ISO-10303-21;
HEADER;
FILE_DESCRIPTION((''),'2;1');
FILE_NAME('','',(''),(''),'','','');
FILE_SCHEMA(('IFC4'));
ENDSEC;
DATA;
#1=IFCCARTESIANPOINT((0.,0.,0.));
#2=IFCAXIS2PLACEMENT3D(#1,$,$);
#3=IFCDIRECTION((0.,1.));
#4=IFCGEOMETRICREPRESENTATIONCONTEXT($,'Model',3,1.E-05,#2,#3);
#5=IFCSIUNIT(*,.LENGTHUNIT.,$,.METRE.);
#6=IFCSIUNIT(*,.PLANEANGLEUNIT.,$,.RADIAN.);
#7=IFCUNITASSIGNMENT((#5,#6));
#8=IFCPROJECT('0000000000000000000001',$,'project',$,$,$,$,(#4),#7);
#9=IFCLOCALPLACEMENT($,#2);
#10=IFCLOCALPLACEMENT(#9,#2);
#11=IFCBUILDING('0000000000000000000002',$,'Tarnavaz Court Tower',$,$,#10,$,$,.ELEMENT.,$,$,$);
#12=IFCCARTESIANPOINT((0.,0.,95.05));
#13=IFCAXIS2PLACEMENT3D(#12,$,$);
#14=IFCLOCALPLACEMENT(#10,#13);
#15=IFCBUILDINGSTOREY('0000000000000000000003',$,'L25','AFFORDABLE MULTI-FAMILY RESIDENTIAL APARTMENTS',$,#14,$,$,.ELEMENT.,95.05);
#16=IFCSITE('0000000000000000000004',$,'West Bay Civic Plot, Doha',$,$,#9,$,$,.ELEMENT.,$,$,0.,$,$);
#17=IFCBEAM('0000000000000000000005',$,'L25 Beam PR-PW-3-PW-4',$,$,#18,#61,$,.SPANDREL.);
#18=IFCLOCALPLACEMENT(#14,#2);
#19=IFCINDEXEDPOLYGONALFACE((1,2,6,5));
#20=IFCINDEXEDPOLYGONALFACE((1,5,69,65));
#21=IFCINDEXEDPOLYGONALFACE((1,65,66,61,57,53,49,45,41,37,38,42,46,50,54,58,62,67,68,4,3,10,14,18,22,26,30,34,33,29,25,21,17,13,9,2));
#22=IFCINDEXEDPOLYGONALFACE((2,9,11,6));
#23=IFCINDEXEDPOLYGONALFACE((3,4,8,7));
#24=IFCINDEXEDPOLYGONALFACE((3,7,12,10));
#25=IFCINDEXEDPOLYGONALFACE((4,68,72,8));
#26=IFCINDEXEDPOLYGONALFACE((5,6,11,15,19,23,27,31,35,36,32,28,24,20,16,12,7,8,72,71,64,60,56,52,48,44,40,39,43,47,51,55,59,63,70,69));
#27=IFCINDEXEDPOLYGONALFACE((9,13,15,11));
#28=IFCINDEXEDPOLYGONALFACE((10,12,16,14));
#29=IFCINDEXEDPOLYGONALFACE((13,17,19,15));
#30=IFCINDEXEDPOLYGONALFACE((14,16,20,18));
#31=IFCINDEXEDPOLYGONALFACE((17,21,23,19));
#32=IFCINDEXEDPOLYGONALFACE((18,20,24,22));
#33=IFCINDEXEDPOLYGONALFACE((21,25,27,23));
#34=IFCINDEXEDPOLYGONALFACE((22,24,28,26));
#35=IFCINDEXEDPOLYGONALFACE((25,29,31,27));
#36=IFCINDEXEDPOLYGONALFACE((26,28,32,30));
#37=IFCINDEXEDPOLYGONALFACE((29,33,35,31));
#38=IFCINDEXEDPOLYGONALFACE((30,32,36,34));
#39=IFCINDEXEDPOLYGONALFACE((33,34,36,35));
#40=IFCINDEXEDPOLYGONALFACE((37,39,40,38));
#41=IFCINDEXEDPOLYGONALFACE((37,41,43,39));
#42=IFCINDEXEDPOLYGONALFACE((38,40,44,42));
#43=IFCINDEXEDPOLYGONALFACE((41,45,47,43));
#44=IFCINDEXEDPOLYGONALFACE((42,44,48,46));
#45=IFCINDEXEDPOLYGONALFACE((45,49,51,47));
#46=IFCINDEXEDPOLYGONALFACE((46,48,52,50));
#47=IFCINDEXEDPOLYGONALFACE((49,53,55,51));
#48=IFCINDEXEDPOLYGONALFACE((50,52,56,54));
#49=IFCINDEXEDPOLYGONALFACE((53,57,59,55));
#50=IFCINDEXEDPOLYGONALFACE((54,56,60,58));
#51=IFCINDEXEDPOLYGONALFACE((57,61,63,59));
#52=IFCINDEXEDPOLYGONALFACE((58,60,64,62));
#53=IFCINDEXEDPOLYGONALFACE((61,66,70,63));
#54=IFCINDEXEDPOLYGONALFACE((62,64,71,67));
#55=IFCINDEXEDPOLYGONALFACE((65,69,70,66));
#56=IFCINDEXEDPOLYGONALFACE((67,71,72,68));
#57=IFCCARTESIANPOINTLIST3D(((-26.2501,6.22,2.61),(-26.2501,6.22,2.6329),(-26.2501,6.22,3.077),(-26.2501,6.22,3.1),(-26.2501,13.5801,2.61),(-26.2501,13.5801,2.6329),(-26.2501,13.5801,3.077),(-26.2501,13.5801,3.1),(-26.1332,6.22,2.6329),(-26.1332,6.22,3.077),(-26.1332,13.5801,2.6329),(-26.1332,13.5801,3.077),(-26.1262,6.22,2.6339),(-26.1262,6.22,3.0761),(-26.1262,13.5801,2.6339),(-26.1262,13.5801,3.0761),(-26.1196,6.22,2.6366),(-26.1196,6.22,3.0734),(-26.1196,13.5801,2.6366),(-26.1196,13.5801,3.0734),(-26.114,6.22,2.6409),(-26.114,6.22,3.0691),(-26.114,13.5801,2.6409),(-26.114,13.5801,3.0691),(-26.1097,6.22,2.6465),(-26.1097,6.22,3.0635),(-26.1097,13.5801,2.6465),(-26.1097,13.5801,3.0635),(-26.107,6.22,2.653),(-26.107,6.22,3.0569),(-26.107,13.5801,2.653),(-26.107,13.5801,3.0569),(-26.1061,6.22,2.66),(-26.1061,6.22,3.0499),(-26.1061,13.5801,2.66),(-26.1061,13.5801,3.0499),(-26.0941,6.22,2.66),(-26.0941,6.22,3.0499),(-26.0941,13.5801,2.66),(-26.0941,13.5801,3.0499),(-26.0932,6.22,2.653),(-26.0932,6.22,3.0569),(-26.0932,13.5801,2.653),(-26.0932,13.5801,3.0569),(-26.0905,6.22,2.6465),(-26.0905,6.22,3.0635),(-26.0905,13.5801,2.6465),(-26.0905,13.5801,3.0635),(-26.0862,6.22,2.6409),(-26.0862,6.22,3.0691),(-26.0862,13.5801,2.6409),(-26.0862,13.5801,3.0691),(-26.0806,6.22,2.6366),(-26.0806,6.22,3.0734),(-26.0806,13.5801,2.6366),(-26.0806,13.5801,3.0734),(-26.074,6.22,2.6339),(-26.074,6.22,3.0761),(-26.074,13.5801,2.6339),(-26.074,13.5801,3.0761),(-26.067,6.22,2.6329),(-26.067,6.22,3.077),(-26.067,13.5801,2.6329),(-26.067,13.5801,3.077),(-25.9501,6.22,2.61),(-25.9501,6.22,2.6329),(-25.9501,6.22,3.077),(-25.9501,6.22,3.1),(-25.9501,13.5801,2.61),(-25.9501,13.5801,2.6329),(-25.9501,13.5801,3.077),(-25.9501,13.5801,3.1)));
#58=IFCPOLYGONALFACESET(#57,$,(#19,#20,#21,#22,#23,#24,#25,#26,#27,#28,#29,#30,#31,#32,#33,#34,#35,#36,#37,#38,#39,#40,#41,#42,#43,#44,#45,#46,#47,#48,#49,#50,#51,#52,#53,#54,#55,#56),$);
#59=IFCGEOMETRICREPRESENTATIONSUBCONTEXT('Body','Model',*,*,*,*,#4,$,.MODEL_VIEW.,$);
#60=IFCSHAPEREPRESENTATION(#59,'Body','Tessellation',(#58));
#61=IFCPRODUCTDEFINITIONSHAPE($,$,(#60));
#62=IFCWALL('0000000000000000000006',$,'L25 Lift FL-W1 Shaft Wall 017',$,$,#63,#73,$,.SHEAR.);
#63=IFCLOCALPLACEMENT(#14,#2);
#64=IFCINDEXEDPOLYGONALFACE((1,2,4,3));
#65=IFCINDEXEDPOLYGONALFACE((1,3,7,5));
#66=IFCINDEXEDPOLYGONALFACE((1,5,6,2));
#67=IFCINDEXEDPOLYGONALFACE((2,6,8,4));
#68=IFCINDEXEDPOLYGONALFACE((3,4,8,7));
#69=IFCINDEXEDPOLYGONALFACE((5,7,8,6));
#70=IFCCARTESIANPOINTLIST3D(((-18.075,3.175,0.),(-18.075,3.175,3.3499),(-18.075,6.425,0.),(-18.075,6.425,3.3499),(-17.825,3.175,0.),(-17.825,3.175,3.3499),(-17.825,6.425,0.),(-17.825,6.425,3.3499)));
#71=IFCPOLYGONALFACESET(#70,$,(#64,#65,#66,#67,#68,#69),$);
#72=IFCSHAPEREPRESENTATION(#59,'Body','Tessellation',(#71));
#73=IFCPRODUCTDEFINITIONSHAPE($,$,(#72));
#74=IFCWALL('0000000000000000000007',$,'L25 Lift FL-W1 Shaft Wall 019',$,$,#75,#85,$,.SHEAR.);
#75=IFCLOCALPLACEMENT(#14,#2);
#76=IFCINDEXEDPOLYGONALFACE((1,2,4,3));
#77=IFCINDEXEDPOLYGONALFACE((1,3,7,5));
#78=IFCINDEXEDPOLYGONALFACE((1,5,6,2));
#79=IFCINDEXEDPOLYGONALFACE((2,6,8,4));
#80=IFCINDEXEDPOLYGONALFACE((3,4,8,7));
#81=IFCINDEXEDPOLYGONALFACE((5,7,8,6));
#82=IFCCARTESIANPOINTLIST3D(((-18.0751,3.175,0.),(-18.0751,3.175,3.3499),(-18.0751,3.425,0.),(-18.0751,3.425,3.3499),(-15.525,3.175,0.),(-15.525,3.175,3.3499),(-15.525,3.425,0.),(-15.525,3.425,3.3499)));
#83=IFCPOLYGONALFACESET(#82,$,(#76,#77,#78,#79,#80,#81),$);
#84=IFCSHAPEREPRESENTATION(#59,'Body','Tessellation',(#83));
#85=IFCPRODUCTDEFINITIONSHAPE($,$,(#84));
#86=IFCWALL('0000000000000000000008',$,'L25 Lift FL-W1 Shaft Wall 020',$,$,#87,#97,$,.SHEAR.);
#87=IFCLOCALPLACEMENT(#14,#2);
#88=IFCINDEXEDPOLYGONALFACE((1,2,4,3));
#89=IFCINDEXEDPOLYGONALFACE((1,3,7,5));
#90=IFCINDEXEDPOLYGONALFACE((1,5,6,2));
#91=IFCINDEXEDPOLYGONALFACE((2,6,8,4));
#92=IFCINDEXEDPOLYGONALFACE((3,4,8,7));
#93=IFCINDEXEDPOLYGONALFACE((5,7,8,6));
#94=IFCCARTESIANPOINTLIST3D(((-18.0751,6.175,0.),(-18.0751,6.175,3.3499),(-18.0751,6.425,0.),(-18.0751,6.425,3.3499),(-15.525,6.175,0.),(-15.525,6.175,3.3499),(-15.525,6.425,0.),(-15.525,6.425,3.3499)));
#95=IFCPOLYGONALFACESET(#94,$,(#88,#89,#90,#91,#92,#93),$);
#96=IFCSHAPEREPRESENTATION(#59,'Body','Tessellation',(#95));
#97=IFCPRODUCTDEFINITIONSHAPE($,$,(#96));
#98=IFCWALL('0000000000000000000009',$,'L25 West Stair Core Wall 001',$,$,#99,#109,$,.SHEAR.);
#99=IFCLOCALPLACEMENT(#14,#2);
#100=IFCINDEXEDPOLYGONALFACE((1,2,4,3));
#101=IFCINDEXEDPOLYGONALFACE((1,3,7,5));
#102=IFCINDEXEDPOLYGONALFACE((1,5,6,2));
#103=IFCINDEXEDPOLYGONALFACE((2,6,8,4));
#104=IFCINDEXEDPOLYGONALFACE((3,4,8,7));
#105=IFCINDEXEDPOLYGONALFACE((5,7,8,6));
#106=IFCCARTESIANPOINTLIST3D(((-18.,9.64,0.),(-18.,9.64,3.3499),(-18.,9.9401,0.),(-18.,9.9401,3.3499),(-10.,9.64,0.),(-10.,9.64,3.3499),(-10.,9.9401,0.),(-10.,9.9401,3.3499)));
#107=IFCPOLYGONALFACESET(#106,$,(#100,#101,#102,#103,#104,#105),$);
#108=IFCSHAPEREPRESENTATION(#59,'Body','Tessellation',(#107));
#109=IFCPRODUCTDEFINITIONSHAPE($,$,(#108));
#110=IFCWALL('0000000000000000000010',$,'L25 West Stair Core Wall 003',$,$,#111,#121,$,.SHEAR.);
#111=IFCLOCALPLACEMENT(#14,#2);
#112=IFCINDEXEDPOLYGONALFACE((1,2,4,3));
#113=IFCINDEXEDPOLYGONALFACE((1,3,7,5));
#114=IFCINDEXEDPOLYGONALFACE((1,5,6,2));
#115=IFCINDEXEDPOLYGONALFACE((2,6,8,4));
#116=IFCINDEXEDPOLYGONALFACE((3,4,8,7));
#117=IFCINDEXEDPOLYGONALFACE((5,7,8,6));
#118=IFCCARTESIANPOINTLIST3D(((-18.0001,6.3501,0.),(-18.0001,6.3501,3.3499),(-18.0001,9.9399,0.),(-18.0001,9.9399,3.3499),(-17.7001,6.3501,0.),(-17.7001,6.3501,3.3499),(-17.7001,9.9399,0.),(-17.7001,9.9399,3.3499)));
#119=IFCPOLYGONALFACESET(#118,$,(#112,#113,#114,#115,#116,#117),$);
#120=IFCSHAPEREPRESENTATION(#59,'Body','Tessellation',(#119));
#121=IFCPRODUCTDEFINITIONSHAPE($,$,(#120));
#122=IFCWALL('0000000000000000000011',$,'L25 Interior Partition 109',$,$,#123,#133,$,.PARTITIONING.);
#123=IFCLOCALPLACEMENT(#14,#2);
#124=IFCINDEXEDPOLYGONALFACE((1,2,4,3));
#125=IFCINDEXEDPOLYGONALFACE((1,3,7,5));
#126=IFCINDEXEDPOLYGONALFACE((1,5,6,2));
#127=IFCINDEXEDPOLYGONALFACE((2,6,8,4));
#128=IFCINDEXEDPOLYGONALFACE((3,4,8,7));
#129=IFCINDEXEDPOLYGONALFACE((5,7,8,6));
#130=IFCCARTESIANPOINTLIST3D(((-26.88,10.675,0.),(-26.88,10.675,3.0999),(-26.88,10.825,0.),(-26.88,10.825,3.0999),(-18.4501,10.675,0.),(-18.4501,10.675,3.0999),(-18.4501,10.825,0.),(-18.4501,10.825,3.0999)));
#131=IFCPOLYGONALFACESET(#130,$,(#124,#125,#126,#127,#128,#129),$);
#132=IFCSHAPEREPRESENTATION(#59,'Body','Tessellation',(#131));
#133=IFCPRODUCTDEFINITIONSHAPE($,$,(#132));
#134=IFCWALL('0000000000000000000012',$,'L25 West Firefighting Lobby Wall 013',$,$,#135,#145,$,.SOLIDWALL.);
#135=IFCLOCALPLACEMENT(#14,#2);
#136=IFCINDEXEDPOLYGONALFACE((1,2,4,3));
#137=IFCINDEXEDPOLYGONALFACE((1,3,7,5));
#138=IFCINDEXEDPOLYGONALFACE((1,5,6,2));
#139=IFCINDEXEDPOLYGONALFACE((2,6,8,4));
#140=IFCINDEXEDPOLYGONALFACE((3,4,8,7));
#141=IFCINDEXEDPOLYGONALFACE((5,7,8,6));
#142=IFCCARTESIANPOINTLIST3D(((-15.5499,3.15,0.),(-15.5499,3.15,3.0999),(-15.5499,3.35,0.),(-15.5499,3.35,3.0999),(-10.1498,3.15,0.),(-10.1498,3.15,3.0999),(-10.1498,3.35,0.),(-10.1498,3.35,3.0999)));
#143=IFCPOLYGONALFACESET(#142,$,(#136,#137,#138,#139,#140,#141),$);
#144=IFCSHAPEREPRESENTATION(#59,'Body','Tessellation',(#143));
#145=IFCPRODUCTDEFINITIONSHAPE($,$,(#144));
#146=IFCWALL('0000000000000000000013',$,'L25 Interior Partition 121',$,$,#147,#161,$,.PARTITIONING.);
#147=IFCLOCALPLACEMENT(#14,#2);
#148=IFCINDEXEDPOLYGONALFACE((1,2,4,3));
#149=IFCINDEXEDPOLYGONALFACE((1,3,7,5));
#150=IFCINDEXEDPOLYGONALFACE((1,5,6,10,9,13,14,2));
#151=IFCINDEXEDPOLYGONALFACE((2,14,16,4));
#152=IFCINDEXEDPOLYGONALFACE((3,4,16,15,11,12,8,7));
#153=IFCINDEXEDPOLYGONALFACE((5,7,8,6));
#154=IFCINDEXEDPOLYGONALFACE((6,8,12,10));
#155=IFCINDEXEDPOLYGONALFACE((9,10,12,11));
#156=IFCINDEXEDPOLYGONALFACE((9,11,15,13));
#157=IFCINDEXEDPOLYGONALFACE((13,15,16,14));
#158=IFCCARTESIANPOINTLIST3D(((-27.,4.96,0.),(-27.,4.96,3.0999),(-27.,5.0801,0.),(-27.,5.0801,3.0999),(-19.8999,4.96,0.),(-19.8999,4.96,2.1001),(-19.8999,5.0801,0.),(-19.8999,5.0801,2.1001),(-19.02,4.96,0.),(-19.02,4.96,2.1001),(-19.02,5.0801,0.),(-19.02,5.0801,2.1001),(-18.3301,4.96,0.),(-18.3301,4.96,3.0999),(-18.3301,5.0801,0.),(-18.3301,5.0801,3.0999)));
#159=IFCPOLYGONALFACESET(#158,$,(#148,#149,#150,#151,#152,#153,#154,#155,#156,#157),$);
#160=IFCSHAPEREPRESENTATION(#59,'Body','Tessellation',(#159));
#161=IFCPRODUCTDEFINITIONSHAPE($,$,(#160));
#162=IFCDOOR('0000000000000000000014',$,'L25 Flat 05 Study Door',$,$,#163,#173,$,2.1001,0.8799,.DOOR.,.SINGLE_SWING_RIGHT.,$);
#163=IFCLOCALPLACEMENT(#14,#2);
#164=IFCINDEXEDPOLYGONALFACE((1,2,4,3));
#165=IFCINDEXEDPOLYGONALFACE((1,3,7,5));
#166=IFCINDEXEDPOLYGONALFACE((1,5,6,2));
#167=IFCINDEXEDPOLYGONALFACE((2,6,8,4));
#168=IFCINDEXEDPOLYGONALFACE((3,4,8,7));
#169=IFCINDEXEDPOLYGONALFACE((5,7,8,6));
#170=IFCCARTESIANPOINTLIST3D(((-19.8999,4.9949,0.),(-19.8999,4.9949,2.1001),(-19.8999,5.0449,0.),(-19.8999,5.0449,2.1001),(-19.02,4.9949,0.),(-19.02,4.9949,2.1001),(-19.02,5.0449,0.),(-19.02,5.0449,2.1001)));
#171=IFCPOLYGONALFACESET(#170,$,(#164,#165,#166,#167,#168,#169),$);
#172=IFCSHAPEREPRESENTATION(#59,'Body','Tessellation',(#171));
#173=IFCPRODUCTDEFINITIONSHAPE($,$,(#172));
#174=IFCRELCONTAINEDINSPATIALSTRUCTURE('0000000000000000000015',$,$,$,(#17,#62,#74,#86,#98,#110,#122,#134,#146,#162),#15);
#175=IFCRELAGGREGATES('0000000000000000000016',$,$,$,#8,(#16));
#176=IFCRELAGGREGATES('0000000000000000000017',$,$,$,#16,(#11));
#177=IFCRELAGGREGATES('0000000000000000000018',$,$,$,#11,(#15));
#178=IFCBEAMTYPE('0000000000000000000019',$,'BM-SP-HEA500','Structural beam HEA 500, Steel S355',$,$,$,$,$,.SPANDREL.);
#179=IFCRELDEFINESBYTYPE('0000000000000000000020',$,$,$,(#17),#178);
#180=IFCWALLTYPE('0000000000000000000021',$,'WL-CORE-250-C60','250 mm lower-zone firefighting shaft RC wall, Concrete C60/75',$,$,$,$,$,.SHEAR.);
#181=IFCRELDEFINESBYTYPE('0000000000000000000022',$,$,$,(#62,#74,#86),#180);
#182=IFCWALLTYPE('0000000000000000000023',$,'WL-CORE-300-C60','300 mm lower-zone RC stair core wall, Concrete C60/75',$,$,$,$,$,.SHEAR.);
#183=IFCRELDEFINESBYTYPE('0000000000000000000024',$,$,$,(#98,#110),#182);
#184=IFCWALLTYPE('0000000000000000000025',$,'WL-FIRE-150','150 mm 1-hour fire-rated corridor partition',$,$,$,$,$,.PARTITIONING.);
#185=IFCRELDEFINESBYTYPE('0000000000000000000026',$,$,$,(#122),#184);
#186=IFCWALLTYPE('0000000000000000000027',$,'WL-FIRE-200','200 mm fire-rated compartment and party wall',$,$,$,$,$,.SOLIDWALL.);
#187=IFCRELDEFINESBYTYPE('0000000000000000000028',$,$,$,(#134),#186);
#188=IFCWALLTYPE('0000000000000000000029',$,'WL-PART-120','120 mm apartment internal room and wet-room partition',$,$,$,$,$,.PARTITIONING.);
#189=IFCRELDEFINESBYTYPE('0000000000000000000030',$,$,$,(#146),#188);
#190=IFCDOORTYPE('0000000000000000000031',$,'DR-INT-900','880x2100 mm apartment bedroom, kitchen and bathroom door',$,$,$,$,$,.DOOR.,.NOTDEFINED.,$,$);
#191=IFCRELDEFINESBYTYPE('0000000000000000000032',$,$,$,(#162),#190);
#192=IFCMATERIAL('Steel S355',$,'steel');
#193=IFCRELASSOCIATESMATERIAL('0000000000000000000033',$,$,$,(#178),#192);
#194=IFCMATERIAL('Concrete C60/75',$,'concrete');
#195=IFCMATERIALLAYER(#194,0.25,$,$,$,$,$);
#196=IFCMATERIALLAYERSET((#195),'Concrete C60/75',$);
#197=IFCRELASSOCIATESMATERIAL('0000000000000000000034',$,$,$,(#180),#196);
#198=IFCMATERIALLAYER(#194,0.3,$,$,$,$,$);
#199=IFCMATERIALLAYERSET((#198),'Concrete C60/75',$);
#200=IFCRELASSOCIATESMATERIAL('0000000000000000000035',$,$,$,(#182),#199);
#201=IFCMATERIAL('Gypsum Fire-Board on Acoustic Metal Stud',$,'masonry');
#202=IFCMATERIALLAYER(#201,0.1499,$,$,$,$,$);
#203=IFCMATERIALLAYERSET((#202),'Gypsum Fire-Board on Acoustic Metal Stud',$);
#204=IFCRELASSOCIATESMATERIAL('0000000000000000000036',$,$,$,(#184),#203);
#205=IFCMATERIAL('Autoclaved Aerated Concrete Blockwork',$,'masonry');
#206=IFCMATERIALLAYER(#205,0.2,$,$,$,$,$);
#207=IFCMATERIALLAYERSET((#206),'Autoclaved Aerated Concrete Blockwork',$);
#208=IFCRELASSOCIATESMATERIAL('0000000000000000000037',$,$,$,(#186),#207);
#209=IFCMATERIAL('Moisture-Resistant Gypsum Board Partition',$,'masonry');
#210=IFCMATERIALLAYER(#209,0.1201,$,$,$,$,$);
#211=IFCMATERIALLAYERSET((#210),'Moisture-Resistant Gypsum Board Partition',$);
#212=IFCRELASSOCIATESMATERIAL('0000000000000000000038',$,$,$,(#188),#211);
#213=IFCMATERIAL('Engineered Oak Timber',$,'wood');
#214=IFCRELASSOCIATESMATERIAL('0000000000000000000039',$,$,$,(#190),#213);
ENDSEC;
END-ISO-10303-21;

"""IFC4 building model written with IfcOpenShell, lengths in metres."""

from ifc_helpers import new_model, si_unit, direction, frame, frame_2d, origin, origin_2d, place, context, subcontext, project, spatial, rectangle, i_section, extrude, material, layer, layer_set, material_profile, profile_set, type_object, element, fill, save


model = new_model("IFC4")

# Units and contexts
model_context = context("Model", 3, precision=1e-05, world=origin(), true_north=direction((0.0, 1.0)))
body_context = subcontext(model_context, "Body", "Model", "MODEL_VIEW")
ifc_project = project(units=[si_unit("LENGTHUNIT", "METRE"), si_unit("PLANEANGLEUNIT", "RADIAN")], contexts=[model_context])

# Site, building, storey
site_placement = place(None, origin())
site = spatial("IfcSite", under=ifc_project, at=site_placement, Name="West Bay Civic Plot, Doha", CompositionType="ELEMENT", RefElevation=0.0)
building_placement = place(site_placement, origin())
building = spatial("IfcBuilding", under=site, at=building_placement, Name="Tarnavaz Court Tower", CompositionType="ELEMENT")
storey_placement = place(building_placement, frame((0.0, 0.0, 95.05)))
storey = spatial("IfcBuildingStorey", under=building, at=storey_placement, Name="L25", Description="AFFORDABLE MULTI-FAMILY RESIDENTIAL APARTMENTS", CompositionType="ELEMENT", Elevation=95.05)

# Shared definitions
ifc_material_1 = material(Name="Concrete C60/75", Category="concrete")

# Beam
ifc_material_2 = material(Name="Steel S355", Category="steel")
ifc_material_profile_1 = material_profile(ifc_material_2, i_section(OverallWidth=0.3, OverallDepth=0.49, WebThickness=0.012, FlangeThickness=0.0229, FilletRadius=0.0271, at=origin_2d()), Name="HEA 500")
ifc_profile_set_1 = profile_set([ifc_material_profile_1], Name="Steel S355")
beam_type_1 = type_object("IfcBeamType", Name="BM-SP-HEA500", Description="Structural beam HEA 500, Steel S355", PredefinedType="SPANDREL", material=ifc_profile_set_1)
beam_1_placement = place(storey_placement, frame((-26.1001, 6.22, 2.855), z_axis=(0.0, 1.0, 0.0), x_axis=(-1.0, 0.0, 0.0)))
element("IfcBeam", 1, at=beam_1_placement, inside=storey, type_object=beam_type_1, Name="L25 Beam PR-PW-3-PW-4", PredefinedType="SPANDREL", context=body_context, shape_type="SweptSolid", body=[
    extrude(i_section(OverallWidth=0.3, OverallDepth=0.49, WebThickness=0.012, FlangeThickness=0.0229, FilletRadius=0.0271, at=origin_2d()), origin(), (0.0, 0.0, 1.0), 7.3601),
])

# Wall
ifc_layer_1 = layer(ifc_material_1, 0.25)
ifc_layer_set_1 = layer_set([ifc_layer_1], Name="Concrete C60/75")
wall_type_1 = type_object("IfcWallType", Name="WL-CORE-250-C60", Description="250 mm lower-zone firefighting shaft RC wall, Concrete C60/75", PredefinedType="SHEAR", material=ifc_layer_set_1)
wall_1_placement = place(storey_placement, frame((-17.95, 3.175, 0.0), z_axis=(0.0, 0.0, 1.0), x_axis=(0.0, 1.0, 0.0)))
element("IfcWall", 2, at=wall_1_placement, inside=storey, type_object=wall_type_1, Name="L25 Lift FL-W1 Shaft Wall 017", PredefinedType="SHEAR", context=body_context, shape_type="SweptSolid", body=[
    extrude(rectangle(XDim=3.25, YDim=0.25, at=frame_2d((1.625, 0.0))), origin(), (0.0, 0.0, 1.0), 3.3499),
])

# Walls
for number, where, z_axis, x_axis, name in (
    (3, (-18.075, 3.3, 0.0), (0.0, 0.0, 1.0), (1.0, 0.0, 0.0), "L25 Lift FL-W1 Shaft Wall 019"),
    (4, (-18.075, 6.3, 0.0), (0.0, 0.0, 1.0), (1.0, 0.0, 0.0), "L25 Lift FL-W1 Shaft Wall 020"),
):
    element("IfcWall", number, at=place(storey_placement, frame(where, z_axis=z_axis, x_axis=x_axis)), inside=storey, type_object=wall_type_1, Name=name, PredefinedType="SHEAR", context=body_context, shape_type="SweptSolid", body=[
        extrude(rectangle(XDim=2.55, YDim=0.25, at=frame_2d((1.2749, 0.0))), origin(), (0.0, 0.0, 1.0), 3.3499),
    ])
ifc_layer_2 = layer(ifc_material_1, 0.3)
ifc_layer_set_2 = layer_set([ifc_layer_2], Name="Concrete C60/75")
wall_type_2 = type_object("IfcWallType", Name="WL-CORE-300-C60", Description="300 mm lower-zone RC stair core wall, Concrete C60/75", PredefinedType="SHEAR", material=ifc_layer_set_2)
wall_2_placement = place(storey_placement, frame((-18.0, 9.79, 0.0), z_axis=(0.0, 0.0, 1.0), x_axis=(1.0, 0.0, 0.0)))
element("IfcWall", 5, at=wall_2_placement, inside=storey, type_object=wall_type_2, Name="L25 West Stair Core Wall 001", PredefinedType="SHEAR", context=body_context, shape_type="SweptSolid", body=[
    extrude(rectangle(XDim=8.0, YDim=0.3, at=frame_2d((4.0, 0.0))), origin(), (0.0, 0.0, 1.0), 3.3499),
])

# Walls
wall_3_placement = place(storey_placement, frame((-17.8501, 6.3501, 0.0), z_axis=(0.0, 0.0, 1.0), x_axis=(0.0, 1.0, 0.0)))
element("IfcWall", 6, at=wall_3_placement, inside=storey, type_object=wall_type_2, Name="L25 West Stair Core Wall 003", PredefinedType="SHEAR", context=body_context, shape_type="SweptSolid", body=[
    extrude(rectangle(XDim=3.5898, YDim=0.3, at=frame_2d((1.7949, 0.0))), origin(), (0.0, 0.0, 1.0), 3.3499),
])
ifc_material_3 = material(Name="Gypsum Fire-Board on Acoustic Metal Stud", Category="masonry")
ifc_layer_3 = layer(ifc_material_3, 0.1499)
ifc_layer_set_3 = layer_set([ifc_layer_3], Name="Gypsum Fire-Board on Acoustic Metal Stud")
wall_type_3 = type_object("IfcWallType", Name="WL-FIRE-150", Description="150 mm 1-hour fire-rated corridor partition", PredefinedType="PARTITIONING", material=ifc_layer_set_3)
wall_4_placement = place(storey_placement, frame((-26.8799, 10.75, 0.0), z_axis=(0.0, 0.0, 1.0), x_axis=(1.0, 0.0, 0.0)))
element("IfcWall", 7, at=wall_4_placement, inside=storey, type_object=wall_type_3, Name="L25 Interior Partition 109", PredefinedType="PARTITIONING", context=body_context, shape_type="SweptSolid", body=[
    extrude(rectangle(XDim=8.4299, YDim=0.1499, at=frame_2d((4.2148, 0.0))), origin(), (0.0, 0.0, 1.0), 3.0999),
])
ifc_material_4 = material(Name="Autoclaved Aerated Concrete Blockwork", Category="masonry")
ifc_layer_4 = layer(ifc_material_4, 0.2)
ifc_layer_set_4 = layer_set([ifc_layer_4], Name="Autoclaved Aerated Concrete Blockwork")
wall_type_4 = type_object("IfcWallType", Name="WL-FIRE-200", Description="200 mm fire-rated compartment and party wall", PredefinedType="SOLIDWALL", material=ifc_layer_set_4)
wall_5_placement = place(storey_placement, frame((-15.55, 3.25, 0.0), z_axis=(0.0, 0.0, 1.0), x_axis=(1.0, 0.0, 0.0)))
element("IfcWall", 8, at=wall_5_placement, inside=storey, type_object=wall_type_4, Name="L25 West Firefighting Lobby Wall 013", PredefinedType="SOLIDWALL", context=body_context, shape_type="SweptSolid", body=[
    extrude(rectangle(XDim=5.4001, YDim=0.2, at=frame_2d((2.7002, 0.0))), origin(), (0.0, 0.0, 1.0), 3.0999),
])

# Wall, opening, door
ifc_material_5 = material(Name="Moisture-Resistant Gypsum Board Partition", Category="masonry")
ifc_layer_5 = layer(ifc_material_5, 0.1201)
ifc_layer_set_5 = layer_set([ifc_layer_5], Name="Moisture-Resistant Gypsum Board Partition")
wall_type_5 = type_object("IfcWallType", Name="WL-PART-120", Description="120 mm apartment internal room and wet-room partition", PredefinedType="PARTITIONING", material=ifc_layer_set_5)
wall_6_placement = place(storey_placement, frame((-27.0, 5.02, 0.0), z_axis=(0.0, 0.0, 1.0), x_axis=(1.0, 0.0, 0.0)))
wall_6 = element("IfcWall", 9, at=wall_6_placement, inside=storey, type_object=wall_type_5, Name="L25 Interior Partition 121", PredefinedType="PARTITIONING", context=body_context, shape_type="SweptSolid", body=[
    extrude(rectangle(XDim=8.6699, YDim=0.1201, at=frame_2d((4.335, 0.0))), origin(), (0.0, 0.0, 1.0), 3.0999),
])
opening_1_placement = place(wall_6_placement, frame((7.1001, 0.0, 0.0)))
opening_1 = element("IfcOpeningElement", 10, at=opening_1_placement, cuts=wall_6, PredefinedType="OPENING", context=body_context, shape_type="SweptSolid", body=[
    extrude(rectangle(XDim=0.8799, YDim=2.1001, at=frame_2d((0.4399, 1.05))), frame((0.0, 0.0701, 0.0), z_axis=(0.0, -1.0, 0.0), x_axis=(1.0, 0.0, 0.0)), (0.0, 0.0, 1.0), 0.1401),
])
ifc_material_6 = material(Name="Engineered Oak Timber", Category="wood")
door_type_1 = type_object("IfcDoorType", Name="DR-INT-900", Description="880x2100 mm apartment bedroom, kitchen and bathroom door", OperationType="NOTDEFINED", PredefinedType="DOOR", material=ifc_material_6)
door_1_placement = place(opening_1_placement, origin())
door_1 = element("IfcDoor", 11, at=door_1_placement, inside=storey, type_object=door_type_1, Name="L25 Flat 05 Study Door", OperationType="SINGLE_SWING_RIGHT", OverallHeight=2.1001, OverallWidth=0.8799, PredefinedType="DOOR", context=body_context, shape_type="SweptSolid", body=[
    extrude(rectangle(XDim=0.8799, YDim=2.1001, at=frame_2d((0.4399, 1.05))), frame((0.0, 0.0249, 0.0), z_axis=(0.0, -1.0, 0.0), x_axis=(1.0, 0.0, 0.0)), (0.0, 0.0, 1.0), 0.05),
])
fill(opening_1, door_1)

save(model, "model.ifc")
